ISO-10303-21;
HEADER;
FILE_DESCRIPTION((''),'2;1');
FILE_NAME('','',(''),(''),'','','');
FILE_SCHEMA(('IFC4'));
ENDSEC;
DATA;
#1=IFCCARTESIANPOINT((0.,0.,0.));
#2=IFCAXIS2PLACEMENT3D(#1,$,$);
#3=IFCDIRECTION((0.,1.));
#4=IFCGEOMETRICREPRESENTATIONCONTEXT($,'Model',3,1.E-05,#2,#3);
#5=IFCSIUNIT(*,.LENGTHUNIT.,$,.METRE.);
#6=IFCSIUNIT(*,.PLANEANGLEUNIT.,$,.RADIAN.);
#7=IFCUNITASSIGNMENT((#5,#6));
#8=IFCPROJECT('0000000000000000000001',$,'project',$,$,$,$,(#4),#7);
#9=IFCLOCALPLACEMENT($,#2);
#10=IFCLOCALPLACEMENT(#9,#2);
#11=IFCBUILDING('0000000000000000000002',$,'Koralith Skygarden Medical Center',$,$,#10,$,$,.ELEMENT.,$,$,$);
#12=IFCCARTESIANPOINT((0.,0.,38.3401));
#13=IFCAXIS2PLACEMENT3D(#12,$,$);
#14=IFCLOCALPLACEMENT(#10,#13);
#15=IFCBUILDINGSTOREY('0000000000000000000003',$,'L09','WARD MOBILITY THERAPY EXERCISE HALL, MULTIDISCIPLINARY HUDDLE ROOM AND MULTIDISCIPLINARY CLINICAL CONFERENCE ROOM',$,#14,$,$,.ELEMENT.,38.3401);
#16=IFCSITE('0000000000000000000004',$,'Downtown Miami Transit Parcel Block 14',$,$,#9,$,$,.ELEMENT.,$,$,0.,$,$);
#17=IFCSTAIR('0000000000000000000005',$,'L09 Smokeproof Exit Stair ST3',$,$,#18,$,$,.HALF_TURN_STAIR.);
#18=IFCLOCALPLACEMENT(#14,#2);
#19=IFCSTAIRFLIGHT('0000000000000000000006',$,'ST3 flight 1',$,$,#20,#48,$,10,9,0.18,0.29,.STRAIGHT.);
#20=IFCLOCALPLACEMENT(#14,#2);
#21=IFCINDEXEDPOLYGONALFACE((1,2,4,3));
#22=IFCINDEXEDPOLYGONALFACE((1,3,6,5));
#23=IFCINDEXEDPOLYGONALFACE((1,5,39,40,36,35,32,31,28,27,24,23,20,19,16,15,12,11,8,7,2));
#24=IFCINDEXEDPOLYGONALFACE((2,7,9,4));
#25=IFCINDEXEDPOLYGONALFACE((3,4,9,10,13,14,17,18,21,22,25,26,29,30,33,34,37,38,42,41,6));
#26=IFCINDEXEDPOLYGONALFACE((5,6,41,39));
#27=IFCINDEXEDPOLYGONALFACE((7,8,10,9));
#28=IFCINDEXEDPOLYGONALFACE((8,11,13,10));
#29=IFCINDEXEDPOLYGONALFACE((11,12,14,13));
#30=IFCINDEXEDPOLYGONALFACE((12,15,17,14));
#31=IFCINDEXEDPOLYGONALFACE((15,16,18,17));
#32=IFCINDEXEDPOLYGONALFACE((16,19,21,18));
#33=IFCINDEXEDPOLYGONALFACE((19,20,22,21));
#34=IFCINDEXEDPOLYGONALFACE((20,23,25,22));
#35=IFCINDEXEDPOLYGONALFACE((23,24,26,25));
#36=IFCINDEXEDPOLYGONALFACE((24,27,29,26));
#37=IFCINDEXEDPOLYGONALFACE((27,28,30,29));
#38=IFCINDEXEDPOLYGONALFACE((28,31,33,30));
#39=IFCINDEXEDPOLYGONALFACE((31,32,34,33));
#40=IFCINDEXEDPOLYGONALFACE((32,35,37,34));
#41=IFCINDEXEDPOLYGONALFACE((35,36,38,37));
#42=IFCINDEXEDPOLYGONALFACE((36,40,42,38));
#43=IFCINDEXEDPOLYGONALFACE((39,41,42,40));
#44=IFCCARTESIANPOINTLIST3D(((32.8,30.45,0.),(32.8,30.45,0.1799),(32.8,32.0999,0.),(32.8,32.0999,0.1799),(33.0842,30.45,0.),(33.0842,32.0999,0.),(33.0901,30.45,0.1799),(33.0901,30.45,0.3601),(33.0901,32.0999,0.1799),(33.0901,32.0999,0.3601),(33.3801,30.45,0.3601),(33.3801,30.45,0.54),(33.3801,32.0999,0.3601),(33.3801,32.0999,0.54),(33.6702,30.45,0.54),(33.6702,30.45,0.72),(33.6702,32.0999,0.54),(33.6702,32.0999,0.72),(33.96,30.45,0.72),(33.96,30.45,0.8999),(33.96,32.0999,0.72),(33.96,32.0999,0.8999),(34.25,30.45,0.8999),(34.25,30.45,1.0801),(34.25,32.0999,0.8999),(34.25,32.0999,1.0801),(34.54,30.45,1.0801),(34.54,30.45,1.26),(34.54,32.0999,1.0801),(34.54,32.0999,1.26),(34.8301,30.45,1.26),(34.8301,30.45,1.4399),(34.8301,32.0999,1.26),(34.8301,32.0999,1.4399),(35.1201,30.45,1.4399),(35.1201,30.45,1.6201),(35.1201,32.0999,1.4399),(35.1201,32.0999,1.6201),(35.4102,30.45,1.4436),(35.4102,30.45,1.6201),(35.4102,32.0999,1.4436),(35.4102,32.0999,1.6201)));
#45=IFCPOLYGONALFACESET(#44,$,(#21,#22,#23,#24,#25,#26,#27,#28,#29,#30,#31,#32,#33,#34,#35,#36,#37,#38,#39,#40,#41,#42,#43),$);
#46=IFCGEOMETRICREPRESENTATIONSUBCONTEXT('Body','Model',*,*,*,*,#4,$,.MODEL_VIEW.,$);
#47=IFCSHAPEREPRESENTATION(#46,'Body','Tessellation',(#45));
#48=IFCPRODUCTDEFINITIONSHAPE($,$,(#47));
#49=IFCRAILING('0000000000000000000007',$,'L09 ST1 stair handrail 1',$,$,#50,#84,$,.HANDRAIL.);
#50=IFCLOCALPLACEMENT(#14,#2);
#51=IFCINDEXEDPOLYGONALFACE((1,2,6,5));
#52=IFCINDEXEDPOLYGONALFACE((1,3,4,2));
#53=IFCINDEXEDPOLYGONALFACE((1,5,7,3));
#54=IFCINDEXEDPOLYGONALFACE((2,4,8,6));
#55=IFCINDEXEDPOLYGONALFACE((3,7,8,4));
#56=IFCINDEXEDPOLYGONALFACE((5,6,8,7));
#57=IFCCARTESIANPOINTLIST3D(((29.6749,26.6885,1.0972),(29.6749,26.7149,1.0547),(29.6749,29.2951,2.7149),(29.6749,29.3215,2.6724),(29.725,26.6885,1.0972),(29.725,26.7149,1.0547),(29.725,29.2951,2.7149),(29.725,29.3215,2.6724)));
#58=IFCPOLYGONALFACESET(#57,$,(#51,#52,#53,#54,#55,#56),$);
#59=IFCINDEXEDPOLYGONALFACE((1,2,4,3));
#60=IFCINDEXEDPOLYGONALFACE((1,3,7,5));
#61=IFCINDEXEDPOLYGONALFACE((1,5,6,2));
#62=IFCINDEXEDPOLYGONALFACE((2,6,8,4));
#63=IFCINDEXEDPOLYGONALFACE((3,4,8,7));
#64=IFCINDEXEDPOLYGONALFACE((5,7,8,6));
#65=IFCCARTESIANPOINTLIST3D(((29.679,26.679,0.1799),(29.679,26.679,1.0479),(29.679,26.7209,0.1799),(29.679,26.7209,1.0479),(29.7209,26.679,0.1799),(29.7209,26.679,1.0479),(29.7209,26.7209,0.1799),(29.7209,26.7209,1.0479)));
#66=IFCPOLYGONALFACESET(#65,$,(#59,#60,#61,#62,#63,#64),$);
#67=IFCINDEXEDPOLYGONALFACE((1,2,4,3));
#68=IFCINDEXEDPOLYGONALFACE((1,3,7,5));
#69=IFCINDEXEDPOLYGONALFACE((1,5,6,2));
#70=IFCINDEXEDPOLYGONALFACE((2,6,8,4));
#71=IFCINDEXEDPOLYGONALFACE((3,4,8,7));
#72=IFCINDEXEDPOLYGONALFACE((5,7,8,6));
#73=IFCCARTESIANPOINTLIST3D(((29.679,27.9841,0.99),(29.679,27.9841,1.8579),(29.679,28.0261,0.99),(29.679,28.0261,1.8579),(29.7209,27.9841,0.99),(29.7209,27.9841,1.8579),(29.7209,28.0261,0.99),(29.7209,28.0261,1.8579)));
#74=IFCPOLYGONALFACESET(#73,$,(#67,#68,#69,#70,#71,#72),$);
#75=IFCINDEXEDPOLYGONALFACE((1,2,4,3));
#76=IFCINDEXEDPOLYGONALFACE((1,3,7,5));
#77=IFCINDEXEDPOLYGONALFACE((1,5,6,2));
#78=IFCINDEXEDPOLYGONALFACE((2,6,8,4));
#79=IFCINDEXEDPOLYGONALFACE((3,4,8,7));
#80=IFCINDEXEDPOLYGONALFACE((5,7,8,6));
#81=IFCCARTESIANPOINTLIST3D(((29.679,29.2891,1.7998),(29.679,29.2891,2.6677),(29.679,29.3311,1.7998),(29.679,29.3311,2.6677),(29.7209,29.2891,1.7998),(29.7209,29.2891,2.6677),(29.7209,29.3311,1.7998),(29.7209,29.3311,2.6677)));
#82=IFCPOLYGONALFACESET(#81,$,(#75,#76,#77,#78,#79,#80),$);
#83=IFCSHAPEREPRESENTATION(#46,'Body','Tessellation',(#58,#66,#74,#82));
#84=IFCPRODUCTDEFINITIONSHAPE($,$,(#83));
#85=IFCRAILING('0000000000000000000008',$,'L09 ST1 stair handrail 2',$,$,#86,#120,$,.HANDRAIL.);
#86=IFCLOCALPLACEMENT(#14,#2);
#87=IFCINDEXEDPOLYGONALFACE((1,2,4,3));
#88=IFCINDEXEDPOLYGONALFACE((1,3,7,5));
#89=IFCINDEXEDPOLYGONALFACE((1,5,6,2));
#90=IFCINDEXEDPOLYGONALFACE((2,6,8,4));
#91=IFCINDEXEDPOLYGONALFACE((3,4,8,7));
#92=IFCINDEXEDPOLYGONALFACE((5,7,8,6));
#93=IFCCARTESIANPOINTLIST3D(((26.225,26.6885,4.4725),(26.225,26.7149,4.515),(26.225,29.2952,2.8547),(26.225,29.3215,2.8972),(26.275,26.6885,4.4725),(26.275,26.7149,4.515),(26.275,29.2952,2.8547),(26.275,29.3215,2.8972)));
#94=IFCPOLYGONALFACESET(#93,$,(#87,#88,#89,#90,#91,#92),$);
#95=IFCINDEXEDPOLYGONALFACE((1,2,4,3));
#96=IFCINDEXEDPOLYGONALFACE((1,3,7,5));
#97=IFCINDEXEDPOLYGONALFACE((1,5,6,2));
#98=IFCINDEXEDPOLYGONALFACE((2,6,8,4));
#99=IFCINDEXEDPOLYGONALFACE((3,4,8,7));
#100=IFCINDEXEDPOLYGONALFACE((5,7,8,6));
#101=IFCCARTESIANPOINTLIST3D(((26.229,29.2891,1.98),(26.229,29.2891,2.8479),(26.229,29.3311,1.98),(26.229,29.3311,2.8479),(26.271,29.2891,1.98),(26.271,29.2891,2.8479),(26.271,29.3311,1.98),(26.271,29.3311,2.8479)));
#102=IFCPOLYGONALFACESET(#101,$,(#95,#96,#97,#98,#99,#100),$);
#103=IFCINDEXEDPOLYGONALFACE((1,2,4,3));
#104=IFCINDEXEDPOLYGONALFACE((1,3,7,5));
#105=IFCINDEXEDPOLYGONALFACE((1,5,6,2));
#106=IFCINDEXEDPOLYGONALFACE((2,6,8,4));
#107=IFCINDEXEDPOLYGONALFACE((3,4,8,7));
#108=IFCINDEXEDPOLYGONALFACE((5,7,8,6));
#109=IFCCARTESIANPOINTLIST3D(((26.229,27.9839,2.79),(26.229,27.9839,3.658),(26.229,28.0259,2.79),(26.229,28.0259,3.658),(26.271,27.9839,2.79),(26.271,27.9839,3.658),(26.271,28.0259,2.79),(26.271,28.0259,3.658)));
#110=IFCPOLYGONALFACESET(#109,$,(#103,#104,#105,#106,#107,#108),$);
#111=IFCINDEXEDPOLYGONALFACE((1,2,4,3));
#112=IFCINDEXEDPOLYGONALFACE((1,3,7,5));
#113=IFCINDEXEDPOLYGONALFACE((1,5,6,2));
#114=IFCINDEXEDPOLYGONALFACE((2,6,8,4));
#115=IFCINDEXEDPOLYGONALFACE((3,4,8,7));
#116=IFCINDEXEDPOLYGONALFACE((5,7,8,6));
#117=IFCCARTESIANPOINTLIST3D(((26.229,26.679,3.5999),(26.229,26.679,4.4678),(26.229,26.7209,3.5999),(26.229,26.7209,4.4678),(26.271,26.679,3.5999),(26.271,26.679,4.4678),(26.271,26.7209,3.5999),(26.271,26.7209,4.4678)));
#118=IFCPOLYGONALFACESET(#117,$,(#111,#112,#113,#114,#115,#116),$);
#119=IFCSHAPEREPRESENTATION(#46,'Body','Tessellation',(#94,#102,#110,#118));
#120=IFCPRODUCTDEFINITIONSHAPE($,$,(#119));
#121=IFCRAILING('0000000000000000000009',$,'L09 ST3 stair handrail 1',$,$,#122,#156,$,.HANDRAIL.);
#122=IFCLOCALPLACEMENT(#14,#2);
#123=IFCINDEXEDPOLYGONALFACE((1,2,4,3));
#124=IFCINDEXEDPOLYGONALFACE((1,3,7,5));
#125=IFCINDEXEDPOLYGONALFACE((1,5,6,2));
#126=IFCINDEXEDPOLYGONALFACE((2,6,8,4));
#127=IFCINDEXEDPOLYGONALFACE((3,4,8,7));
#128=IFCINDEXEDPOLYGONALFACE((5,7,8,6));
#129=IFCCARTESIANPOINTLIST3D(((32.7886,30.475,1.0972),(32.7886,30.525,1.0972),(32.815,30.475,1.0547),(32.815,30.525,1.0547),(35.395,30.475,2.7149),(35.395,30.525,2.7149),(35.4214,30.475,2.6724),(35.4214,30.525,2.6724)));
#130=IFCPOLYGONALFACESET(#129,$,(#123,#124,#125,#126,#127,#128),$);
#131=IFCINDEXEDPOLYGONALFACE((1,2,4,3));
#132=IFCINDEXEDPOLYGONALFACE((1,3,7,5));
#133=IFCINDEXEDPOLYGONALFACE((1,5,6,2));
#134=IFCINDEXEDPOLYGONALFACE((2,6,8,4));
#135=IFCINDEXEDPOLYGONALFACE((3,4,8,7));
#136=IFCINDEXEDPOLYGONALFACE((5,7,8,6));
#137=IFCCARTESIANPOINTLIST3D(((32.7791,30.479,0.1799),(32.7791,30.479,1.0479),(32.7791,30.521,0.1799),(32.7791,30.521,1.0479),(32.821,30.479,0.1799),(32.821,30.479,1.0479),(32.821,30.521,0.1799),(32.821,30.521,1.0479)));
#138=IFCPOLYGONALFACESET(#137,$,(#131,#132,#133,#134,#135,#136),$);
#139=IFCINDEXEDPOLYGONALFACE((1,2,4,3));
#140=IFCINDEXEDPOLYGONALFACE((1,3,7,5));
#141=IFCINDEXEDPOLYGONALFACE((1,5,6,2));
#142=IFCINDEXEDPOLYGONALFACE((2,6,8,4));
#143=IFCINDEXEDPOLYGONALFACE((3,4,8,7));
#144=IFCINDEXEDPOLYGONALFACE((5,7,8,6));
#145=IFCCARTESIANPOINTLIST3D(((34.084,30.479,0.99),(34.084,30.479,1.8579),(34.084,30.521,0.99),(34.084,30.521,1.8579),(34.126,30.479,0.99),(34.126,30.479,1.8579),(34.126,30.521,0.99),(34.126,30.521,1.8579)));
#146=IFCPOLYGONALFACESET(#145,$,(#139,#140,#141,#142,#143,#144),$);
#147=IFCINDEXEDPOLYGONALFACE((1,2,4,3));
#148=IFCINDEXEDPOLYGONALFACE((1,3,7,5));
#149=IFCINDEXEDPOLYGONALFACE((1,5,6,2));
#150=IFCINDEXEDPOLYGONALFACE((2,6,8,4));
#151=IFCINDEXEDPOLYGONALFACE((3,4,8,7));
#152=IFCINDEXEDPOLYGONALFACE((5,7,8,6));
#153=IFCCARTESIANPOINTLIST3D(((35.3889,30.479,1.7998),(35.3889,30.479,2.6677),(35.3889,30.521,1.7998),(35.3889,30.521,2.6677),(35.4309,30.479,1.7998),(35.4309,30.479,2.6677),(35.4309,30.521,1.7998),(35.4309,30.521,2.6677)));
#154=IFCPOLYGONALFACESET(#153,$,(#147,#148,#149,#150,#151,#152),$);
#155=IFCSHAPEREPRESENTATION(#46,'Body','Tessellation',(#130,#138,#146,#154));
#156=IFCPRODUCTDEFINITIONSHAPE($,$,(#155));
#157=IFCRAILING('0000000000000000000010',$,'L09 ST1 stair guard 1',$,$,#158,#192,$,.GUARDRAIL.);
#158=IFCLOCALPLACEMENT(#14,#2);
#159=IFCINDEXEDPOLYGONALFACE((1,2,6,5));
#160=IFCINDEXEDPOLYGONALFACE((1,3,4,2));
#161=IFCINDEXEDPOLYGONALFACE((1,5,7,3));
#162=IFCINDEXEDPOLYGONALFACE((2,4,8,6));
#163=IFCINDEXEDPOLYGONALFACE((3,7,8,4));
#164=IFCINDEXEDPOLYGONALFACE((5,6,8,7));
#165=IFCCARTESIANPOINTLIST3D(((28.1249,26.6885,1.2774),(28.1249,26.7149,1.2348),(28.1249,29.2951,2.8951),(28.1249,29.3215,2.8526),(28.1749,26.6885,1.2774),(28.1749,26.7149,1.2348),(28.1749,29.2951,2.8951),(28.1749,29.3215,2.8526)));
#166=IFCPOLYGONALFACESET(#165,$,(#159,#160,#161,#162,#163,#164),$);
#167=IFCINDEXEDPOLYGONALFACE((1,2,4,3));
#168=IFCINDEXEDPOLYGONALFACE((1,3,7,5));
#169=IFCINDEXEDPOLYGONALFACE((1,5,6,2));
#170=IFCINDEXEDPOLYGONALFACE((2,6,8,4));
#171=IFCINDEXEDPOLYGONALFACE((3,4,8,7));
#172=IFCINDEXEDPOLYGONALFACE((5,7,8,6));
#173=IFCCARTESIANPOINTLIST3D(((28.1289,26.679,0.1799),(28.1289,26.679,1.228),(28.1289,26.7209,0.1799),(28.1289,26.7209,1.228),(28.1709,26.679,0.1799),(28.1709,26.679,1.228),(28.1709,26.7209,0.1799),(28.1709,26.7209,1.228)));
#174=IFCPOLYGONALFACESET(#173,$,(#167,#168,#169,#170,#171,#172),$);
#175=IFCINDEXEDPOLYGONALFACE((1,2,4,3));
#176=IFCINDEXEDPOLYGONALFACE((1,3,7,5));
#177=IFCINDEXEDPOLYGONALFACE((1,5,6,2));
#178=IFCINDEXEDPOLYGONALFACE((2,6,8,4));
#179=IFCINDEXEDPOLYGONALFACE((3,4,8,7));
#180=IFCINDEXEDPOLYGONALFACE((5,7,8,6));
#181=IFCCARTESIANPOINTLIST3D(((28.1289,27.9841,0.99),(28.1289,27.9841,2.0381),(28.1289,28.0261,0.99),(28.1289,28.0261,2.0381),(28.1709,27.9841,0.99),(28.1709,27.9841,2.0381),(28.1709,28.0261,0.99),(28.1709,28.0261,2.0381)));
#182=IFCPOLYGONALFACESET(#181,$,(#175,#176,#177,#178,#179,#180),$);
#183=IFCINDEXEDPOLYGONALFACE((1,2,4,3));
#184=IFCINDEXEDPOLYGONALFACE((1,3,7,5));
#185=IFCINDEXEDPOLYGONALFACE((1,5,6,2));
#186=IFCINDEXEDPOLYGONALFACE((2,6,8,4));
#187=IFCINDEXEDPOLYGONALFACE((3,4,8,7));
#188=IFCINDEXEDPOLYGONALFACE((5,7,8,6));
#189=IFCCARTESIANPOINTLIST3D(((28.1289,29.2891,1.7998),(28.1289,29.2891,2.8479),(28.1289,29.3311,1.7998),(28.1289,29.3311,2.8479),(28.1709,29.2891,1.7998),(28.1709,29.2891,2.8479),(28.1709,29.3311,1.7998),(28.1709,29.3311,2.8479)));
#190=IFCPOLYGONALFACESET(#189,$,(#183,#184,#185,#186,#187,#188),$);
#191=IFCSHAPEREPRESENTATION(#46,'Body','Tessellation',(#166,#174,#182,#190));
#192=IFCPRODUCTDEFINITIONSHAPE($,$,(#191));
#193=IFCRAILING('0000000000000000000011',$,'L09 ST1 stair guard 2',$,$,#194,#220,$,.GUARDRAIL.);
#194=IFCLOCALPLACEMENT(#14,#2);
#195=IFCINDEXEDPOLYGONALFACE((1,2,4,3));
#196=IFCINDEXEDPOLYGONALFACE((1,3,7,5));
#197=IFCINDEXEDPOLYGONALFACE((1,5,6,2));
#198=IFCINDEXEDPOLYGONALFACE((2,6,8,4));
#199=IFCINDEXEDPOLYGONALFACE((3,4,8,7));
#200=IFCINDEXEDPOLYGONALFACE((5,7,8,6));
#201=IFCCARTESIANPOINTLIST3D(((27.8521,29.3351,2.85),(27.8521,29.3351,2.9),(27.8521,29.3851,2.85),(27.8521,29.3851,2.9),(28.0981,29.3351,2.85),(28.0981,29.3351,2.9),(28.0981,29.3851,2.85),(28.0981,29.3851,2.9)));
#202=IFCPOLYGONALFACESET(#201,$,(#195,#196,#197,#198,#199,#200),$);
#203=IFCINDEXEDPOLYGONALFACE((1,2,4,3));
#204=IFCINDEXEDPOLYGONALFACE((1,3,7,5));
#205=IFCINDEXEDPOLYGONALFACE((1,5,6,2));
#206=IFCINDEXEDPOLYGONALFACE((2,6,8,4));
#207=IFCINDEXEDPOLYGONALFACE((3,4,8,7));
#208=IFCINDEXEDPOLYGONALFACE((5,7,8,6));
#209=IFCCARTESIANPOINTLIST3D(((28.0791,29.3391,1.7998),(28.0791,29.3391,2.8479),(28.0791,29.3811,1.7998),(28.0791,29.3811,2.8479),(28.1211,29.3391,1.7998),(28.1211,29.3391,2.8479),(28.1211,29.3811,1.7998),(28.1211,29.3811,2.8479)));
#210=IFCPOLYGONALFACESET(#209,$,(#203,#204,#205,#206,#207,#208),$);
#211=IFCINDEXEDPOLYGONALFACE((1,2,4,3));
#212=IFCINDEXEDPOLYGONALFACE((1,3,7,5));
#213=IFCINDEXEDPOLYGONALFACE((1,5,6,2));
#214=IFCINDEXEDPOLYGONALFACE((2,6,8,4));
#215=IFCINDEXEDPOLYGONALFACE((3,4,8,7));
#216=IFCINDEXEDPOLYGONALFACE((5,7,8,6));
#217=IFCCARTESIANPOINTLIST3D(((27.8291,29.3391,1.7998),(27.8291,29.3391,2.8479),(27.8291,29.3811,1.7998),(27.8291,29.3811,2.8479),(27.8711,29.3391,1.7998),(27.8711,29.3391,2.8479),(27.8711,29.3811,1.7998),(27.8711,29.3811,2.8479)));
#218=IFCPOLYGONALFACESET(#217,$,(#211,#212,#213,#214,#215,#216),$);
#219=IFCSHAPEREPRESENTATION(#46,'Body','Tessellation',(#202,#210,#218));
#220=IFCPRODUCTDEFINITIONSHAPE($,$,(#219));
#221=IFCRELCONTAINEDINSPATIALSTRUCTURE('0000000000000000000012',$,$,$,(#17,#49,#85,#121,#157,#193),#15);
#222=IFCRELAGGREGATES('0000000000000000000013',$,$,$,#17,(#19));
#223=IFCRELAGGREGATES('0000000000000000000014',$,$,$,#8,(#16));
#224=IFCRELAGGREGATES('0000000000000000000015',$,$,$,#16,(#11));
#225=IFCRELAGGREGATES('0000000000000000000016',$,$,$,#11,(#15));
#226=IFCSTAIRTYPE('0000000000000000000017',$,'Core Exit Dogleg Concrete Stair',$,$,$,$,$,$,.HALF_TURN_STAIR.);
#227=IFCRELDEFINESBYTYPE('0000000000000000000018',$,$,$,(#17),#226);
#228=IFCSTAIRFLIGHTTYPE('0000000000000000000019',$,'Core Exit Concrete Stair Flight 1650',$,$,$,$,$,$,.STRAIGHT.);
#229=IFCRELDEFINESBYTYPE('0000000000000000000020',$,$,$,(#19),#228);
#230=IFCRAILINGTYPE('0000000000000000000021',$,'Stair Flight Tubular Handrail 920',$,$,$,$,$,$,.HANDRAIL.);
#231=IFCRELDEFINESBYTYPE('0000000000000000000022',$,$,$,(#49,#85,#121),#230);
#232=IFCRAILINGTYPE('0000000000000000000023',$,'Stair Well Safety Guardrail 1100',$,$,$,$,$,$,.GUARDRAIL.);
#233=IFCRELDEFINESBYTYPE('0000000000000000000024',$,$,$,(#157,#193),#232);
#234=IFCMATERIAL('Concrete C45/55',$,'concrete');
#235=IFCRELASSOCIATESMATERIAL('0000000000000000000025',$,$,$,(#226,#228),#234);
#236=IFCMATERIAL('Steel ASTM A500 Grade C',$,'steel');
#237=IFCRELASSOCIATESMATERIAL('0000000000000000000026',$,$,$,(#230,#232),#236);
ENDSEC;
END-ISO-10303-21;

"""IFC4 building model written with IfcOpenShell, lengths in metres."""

from ifc_helpers import new_model, si_unit, direction, frame, origin, origin_2d, place, context, subcontext, project, spatial, polyline, rectangle, outline, extrude, material, type_object, element, aggregate, save


model = new_model("IFC4")

# Units and contexts
model_context = context("Model", 3, precision=1e-05, world=origin(), true_north=direction((0.0, 1.0)))
body_context = subcontext(model_context, "Body", "Model", "MODEL_VIEW")
ifc_project = project(units=[si_unit("LENGTHUNIT", "METRE"), si_unit("PLANEANGLEUNIT", "RADIAN")], contexts=[model_context])

# Site, building, storey
site_placement = place(None, origin())
site = spatial("IfcSite", under=ifc_project, at=site_placement, Name="Downtown Miami Transit Parcel Block 14", CompositionType="ELEMENT", RefElevation=0.0)
building_placement = place(site_placement, origin())
building = spatial("IfcBuilding", under=site, at=building_placement, Name="Koralith Skygarden Medical Center", CompositionType="ELEMENT")
storey_placement = place(building_placement, frame((0.0, 0.0, 38.3401)))
storey = spatial("IfcBuildingStorey", under=building, at=storey_placement, Name="L09", Description="WARD MOBILITY THERAPY EXERCISE HALL, MULTIDISCIPLINARY HUDDLE ROOM AND MULTIDISCIPLINARY CLINICAL CONFERENCE ROOM", CompositionType="ELEMENT", Elevation=38.3401)

# Shared definitions
ifc_material_1 = material(Name="Concrete C45/55", Category="concrete")

# Shared definitions
stair_type = type_object("IfcStairType", Name="Core Exit Dogleg Concrete Stair", PredefinedType="HALF_TURN_STAIR", material=ifc_material_1)
stair_flight_type = type_object("IfcStairFlightType", Name="Core Exit Concrete Stair Flight 1650", PredefinedType="STRAIGHT", material=ifc_material_1)

# Stair, stair flight
stair_1_placement = place(storey_placement, origin())
stair_1 = element("IfcStair", 1, at=stair_1_placement, inside=storey, type_object=stair_type, Name="L09 Smokeproof Exit Stair ST3", PredefinedType="HALF_TURN_STAIR")
stair_flight_1_placement = place(storey_placement, frame((32.8, 31.2749, 0.0), z_axis=(0.0, 0.0, 1.0), x_axis=(1.0, 0.0, 0.0)))
stair_flight_1 = element("IfcStairFlight", 2, at=stair_flight_1_placement, type_object=stair_flight_type, Name="ST3 flight 1", NumberOfRisers=10, NumberOfTreads=9, PredefinedType="STRAIGHT", RiserHeight=0.18, TreadLength=0.29, context=body_context, shape_type="SweptSolid", body=[
    extrude(outline(polyline([(0.0, 0.0), (0.0, 0.1799), (0.29, 0.1799), (0.29, 0.3601), (0.5801, 0.3601), (0.5801, 0.54), (0.8701, 0.54), (0.8701, 0.72), (1.1599, 0.72), (1.1599, 0.8999), (1.45, 0.8999), (1.45, 1.0801), (1.74, 1.0801), (1.74, 1.26), (2.03, 1.26), (2.03, 1.4399), (2.3201, 1.4399), (2.3201, 1.6201), (2.6101, 1.6201), (2.6101, 1.8), (2.6101, 1.4436), (0.2842, 0.0), (0.0, 0.0)])), frame((0.0, 0.825, 0.0), z_axis=(0.0, -1.0, 0.0), x_axis=(1.0, 0.0, 0.0)), (0.0, 0.0, 1.0), 1.6499),
])
aggregate(stair_1, [stair_flight_1])

# Railings
ifc_material_2 = material(Name="Steel ASTM A500 Grade C", Category="steel")
railing_type_1 = type_object("IfcRailingType", Name="Stair Flight Tubular Handrail 920", PredefinedType="HANDRAIL", material=ifc_material_2)
railing_1_placement = place(storey_placement, frame((29.7, 26.7, 0.1799)))
element("IfcRailing", 3, at=railing_1_placement, inside=storey, type_object=railing_type_1, Name="L09 ST1 stair handrail 1", PredefinedType="HANDRAIL", context=body_context, shape_type="SweptSolid", body=[
    extrude(rectangle(XDim=0.05, YDim=0.05, at=origin_2d()), frame((0.0, 0.0017, 0.896), z_axis=(0.0, 0.849668, 0.527317), x_axis=(-1.0, 0.0, 0.0)), (0.0, 0.0, 1.0), 3.0679),
    extrude(rectangle(XDim=0.042, YDim=0.042, at=origin_2d()), origin(), (0.0, 0.0, 1.0), 0.8679),
    extrude(rectangle(XDim=0.042, YDim=0.042, at=origin_2d()), frame((0.0, 1.3052, 0.8101)), (0.0, 0.0, 1.0), 0.8679),
    extrude(rectangle(XDim=0.042, YDim=0.042, at=origin_2d()), frame((0.0, 2.6101, 1.6199)), (0.0, 0.0, 1.0), 0.8679),
])
railing_2_placement = place(storey_placement, frame((26.25, 29.3101, 1.98)))
element("IfcRailing", 4, at=railing_2_placement, inside=storey, type_object=railing_type_1, Name="L09 ST1 stair handrail 2", PredefinedType="HANDRAIL", context=body_context, shape_type="SweptSolid", body=[
    extrude(rectangle(XDim=0.05, YDim=0.05, at=origin_2d()), frame((0.0, -0.0017, 0.896), z_axis=(0.0, -0.849668, 0.527317), x_axis=(1.0, 0.0, 0.0)), (0.0, 0.0, 1.0), 3.0679),
    extrude(rectangle(XDim=0.042, YDim=0.042, at=origin_2d()), origin(), (0.0, 0.0, 1.0), 0.8679),
    extrude(rectangle(XDim=0.042, YDim=0.042, at=origin_2d()), frame((0.0, -1.3052, 0.8101)), (0.0, 0.0, 1.0), 0.8679),
    extrude(rectangle(XDim=0.042, YDim=0.042, at=origin_2d()), frame((0.0, -2.6101, 1.6199)), (0.0, 0.0, 1.0), 0.8679),
])
railing_3_placement = place(storey_placement, frame((32.8, 30.5, 0.1799)))
element("IfcRailing", 5, at=railing_3_placement, inside=storey, type_object=railing_type_1, Name="L09 ST3 stair handrail 1", PredefinedType="HANDRAIL", context=body_context, shape_type="SweptSolid", body=[
    extrude(rectangle(XDim=0.05, YDim=0.05, at=origin_2d()), frame((0.0017, 0.0, 0.896), z_axis=(0.849646, 0.0, 0.527353), x_axis=(0.0, 1.0, 0.0)), (0.0, 0.0, 1.0), 3.0676),
    extrude(rectangle(XDim=0.042, YDim=0.042, at=origin_2d()), origin(), (0.0, 0.0, 1.0), 0.8679),
    extrude(rectangle(XDim=0.042, YDim=0.042, at=origin_2d()), frame((1.3049, 0.0, 0.8101)), (0.0, 0.0, 1.0), 0.8679),
    extrude(rectangle(XDim=0.042, YDim=0.042, at=origin_2d()), frame((2.6099, 0.0, 1.6199)), (0.0, 0.0, 1.0), 0.8679),
])
railing_type_2 = type_object("IfcRailingType", Name="Stair Well Safety Guardrail 1100", PredefinedType="GUARDRAIL", material=ifc_material_2)
railing_4_placement = place(storey_placement, frame((28.1499, 26.7, 0.1799)))
element("IfcRailing", 6, at=railing_4_placement, inside=storey, type_object=railing_type_2, Name="L09 ST1 stair guard 1", PredefinedType="GUARDRAIL", context=body_context, shape_type="SweptSolid", body=[
    extrude(rectangle(XDim=0.05, YDim=0.05, at=origin_2d()), frame((0.0, 0.0017, 1.0762), z_axis=(0.0, 0.849668, 0.527317), x_axis=(-1.0, 0.0, 0.0)), (0.0, 0.0, 1.0), 3.0679),
    extrude(rectangle(XDim=0.042, YDim=0.042, at=origin_2d()), origin(), (0.0, 0.0, 1.0), 1.0481),
    extrude(rectangle(XDim=0.042, YDim=0.042, at=origin_2d()), frame((0.0, 1.3052, 0.8101)), (0.0, 0.0, 1.0), 1.0481),
    extrude(rectangle(XDim=0.042, YDim=0.042, at=origin_2d()), frame((0.0, 2.6101, 1.6199)), (0.0, 0.0, 1.0), 1.0481),
])
railing_5_placement = place(storey_placement, frame((28.1001, 29.3601, 1.7998)))
element("IfcRailing", 7, at=railing_5_placement, inside=storey, type_object=railing_type_2, Name="L09 ST1 stair guard 2", PredefinedType="GUARDRAIL", context=body_context, shape_type="SweptSolid", body=[
    extrude(rectangle(XDim=0.05, YDim=0.05, at=origin_2d()), frame((-0.002, 0.0, 1.0752), z_axis=(-1.0, 0.0, 0.0), x_axis=(0.0, -1.0, 0.0)), (0.0, 0.0, 1.0), 0.2461),
    extrude(rectangle(XDim=0.042, YDim=0.042, at=origin_2d()), origin(), (0.0, 0.0, 1.0), 1.0481),
    extrude(rectangle(XDim=0.042, YDim=0.042, at=origin_2d()), frame((-0.25, 0.0, 0.0)), (0.0, 0.0, 1.0), 1.0481),
])

save(model, "model.ifc")
